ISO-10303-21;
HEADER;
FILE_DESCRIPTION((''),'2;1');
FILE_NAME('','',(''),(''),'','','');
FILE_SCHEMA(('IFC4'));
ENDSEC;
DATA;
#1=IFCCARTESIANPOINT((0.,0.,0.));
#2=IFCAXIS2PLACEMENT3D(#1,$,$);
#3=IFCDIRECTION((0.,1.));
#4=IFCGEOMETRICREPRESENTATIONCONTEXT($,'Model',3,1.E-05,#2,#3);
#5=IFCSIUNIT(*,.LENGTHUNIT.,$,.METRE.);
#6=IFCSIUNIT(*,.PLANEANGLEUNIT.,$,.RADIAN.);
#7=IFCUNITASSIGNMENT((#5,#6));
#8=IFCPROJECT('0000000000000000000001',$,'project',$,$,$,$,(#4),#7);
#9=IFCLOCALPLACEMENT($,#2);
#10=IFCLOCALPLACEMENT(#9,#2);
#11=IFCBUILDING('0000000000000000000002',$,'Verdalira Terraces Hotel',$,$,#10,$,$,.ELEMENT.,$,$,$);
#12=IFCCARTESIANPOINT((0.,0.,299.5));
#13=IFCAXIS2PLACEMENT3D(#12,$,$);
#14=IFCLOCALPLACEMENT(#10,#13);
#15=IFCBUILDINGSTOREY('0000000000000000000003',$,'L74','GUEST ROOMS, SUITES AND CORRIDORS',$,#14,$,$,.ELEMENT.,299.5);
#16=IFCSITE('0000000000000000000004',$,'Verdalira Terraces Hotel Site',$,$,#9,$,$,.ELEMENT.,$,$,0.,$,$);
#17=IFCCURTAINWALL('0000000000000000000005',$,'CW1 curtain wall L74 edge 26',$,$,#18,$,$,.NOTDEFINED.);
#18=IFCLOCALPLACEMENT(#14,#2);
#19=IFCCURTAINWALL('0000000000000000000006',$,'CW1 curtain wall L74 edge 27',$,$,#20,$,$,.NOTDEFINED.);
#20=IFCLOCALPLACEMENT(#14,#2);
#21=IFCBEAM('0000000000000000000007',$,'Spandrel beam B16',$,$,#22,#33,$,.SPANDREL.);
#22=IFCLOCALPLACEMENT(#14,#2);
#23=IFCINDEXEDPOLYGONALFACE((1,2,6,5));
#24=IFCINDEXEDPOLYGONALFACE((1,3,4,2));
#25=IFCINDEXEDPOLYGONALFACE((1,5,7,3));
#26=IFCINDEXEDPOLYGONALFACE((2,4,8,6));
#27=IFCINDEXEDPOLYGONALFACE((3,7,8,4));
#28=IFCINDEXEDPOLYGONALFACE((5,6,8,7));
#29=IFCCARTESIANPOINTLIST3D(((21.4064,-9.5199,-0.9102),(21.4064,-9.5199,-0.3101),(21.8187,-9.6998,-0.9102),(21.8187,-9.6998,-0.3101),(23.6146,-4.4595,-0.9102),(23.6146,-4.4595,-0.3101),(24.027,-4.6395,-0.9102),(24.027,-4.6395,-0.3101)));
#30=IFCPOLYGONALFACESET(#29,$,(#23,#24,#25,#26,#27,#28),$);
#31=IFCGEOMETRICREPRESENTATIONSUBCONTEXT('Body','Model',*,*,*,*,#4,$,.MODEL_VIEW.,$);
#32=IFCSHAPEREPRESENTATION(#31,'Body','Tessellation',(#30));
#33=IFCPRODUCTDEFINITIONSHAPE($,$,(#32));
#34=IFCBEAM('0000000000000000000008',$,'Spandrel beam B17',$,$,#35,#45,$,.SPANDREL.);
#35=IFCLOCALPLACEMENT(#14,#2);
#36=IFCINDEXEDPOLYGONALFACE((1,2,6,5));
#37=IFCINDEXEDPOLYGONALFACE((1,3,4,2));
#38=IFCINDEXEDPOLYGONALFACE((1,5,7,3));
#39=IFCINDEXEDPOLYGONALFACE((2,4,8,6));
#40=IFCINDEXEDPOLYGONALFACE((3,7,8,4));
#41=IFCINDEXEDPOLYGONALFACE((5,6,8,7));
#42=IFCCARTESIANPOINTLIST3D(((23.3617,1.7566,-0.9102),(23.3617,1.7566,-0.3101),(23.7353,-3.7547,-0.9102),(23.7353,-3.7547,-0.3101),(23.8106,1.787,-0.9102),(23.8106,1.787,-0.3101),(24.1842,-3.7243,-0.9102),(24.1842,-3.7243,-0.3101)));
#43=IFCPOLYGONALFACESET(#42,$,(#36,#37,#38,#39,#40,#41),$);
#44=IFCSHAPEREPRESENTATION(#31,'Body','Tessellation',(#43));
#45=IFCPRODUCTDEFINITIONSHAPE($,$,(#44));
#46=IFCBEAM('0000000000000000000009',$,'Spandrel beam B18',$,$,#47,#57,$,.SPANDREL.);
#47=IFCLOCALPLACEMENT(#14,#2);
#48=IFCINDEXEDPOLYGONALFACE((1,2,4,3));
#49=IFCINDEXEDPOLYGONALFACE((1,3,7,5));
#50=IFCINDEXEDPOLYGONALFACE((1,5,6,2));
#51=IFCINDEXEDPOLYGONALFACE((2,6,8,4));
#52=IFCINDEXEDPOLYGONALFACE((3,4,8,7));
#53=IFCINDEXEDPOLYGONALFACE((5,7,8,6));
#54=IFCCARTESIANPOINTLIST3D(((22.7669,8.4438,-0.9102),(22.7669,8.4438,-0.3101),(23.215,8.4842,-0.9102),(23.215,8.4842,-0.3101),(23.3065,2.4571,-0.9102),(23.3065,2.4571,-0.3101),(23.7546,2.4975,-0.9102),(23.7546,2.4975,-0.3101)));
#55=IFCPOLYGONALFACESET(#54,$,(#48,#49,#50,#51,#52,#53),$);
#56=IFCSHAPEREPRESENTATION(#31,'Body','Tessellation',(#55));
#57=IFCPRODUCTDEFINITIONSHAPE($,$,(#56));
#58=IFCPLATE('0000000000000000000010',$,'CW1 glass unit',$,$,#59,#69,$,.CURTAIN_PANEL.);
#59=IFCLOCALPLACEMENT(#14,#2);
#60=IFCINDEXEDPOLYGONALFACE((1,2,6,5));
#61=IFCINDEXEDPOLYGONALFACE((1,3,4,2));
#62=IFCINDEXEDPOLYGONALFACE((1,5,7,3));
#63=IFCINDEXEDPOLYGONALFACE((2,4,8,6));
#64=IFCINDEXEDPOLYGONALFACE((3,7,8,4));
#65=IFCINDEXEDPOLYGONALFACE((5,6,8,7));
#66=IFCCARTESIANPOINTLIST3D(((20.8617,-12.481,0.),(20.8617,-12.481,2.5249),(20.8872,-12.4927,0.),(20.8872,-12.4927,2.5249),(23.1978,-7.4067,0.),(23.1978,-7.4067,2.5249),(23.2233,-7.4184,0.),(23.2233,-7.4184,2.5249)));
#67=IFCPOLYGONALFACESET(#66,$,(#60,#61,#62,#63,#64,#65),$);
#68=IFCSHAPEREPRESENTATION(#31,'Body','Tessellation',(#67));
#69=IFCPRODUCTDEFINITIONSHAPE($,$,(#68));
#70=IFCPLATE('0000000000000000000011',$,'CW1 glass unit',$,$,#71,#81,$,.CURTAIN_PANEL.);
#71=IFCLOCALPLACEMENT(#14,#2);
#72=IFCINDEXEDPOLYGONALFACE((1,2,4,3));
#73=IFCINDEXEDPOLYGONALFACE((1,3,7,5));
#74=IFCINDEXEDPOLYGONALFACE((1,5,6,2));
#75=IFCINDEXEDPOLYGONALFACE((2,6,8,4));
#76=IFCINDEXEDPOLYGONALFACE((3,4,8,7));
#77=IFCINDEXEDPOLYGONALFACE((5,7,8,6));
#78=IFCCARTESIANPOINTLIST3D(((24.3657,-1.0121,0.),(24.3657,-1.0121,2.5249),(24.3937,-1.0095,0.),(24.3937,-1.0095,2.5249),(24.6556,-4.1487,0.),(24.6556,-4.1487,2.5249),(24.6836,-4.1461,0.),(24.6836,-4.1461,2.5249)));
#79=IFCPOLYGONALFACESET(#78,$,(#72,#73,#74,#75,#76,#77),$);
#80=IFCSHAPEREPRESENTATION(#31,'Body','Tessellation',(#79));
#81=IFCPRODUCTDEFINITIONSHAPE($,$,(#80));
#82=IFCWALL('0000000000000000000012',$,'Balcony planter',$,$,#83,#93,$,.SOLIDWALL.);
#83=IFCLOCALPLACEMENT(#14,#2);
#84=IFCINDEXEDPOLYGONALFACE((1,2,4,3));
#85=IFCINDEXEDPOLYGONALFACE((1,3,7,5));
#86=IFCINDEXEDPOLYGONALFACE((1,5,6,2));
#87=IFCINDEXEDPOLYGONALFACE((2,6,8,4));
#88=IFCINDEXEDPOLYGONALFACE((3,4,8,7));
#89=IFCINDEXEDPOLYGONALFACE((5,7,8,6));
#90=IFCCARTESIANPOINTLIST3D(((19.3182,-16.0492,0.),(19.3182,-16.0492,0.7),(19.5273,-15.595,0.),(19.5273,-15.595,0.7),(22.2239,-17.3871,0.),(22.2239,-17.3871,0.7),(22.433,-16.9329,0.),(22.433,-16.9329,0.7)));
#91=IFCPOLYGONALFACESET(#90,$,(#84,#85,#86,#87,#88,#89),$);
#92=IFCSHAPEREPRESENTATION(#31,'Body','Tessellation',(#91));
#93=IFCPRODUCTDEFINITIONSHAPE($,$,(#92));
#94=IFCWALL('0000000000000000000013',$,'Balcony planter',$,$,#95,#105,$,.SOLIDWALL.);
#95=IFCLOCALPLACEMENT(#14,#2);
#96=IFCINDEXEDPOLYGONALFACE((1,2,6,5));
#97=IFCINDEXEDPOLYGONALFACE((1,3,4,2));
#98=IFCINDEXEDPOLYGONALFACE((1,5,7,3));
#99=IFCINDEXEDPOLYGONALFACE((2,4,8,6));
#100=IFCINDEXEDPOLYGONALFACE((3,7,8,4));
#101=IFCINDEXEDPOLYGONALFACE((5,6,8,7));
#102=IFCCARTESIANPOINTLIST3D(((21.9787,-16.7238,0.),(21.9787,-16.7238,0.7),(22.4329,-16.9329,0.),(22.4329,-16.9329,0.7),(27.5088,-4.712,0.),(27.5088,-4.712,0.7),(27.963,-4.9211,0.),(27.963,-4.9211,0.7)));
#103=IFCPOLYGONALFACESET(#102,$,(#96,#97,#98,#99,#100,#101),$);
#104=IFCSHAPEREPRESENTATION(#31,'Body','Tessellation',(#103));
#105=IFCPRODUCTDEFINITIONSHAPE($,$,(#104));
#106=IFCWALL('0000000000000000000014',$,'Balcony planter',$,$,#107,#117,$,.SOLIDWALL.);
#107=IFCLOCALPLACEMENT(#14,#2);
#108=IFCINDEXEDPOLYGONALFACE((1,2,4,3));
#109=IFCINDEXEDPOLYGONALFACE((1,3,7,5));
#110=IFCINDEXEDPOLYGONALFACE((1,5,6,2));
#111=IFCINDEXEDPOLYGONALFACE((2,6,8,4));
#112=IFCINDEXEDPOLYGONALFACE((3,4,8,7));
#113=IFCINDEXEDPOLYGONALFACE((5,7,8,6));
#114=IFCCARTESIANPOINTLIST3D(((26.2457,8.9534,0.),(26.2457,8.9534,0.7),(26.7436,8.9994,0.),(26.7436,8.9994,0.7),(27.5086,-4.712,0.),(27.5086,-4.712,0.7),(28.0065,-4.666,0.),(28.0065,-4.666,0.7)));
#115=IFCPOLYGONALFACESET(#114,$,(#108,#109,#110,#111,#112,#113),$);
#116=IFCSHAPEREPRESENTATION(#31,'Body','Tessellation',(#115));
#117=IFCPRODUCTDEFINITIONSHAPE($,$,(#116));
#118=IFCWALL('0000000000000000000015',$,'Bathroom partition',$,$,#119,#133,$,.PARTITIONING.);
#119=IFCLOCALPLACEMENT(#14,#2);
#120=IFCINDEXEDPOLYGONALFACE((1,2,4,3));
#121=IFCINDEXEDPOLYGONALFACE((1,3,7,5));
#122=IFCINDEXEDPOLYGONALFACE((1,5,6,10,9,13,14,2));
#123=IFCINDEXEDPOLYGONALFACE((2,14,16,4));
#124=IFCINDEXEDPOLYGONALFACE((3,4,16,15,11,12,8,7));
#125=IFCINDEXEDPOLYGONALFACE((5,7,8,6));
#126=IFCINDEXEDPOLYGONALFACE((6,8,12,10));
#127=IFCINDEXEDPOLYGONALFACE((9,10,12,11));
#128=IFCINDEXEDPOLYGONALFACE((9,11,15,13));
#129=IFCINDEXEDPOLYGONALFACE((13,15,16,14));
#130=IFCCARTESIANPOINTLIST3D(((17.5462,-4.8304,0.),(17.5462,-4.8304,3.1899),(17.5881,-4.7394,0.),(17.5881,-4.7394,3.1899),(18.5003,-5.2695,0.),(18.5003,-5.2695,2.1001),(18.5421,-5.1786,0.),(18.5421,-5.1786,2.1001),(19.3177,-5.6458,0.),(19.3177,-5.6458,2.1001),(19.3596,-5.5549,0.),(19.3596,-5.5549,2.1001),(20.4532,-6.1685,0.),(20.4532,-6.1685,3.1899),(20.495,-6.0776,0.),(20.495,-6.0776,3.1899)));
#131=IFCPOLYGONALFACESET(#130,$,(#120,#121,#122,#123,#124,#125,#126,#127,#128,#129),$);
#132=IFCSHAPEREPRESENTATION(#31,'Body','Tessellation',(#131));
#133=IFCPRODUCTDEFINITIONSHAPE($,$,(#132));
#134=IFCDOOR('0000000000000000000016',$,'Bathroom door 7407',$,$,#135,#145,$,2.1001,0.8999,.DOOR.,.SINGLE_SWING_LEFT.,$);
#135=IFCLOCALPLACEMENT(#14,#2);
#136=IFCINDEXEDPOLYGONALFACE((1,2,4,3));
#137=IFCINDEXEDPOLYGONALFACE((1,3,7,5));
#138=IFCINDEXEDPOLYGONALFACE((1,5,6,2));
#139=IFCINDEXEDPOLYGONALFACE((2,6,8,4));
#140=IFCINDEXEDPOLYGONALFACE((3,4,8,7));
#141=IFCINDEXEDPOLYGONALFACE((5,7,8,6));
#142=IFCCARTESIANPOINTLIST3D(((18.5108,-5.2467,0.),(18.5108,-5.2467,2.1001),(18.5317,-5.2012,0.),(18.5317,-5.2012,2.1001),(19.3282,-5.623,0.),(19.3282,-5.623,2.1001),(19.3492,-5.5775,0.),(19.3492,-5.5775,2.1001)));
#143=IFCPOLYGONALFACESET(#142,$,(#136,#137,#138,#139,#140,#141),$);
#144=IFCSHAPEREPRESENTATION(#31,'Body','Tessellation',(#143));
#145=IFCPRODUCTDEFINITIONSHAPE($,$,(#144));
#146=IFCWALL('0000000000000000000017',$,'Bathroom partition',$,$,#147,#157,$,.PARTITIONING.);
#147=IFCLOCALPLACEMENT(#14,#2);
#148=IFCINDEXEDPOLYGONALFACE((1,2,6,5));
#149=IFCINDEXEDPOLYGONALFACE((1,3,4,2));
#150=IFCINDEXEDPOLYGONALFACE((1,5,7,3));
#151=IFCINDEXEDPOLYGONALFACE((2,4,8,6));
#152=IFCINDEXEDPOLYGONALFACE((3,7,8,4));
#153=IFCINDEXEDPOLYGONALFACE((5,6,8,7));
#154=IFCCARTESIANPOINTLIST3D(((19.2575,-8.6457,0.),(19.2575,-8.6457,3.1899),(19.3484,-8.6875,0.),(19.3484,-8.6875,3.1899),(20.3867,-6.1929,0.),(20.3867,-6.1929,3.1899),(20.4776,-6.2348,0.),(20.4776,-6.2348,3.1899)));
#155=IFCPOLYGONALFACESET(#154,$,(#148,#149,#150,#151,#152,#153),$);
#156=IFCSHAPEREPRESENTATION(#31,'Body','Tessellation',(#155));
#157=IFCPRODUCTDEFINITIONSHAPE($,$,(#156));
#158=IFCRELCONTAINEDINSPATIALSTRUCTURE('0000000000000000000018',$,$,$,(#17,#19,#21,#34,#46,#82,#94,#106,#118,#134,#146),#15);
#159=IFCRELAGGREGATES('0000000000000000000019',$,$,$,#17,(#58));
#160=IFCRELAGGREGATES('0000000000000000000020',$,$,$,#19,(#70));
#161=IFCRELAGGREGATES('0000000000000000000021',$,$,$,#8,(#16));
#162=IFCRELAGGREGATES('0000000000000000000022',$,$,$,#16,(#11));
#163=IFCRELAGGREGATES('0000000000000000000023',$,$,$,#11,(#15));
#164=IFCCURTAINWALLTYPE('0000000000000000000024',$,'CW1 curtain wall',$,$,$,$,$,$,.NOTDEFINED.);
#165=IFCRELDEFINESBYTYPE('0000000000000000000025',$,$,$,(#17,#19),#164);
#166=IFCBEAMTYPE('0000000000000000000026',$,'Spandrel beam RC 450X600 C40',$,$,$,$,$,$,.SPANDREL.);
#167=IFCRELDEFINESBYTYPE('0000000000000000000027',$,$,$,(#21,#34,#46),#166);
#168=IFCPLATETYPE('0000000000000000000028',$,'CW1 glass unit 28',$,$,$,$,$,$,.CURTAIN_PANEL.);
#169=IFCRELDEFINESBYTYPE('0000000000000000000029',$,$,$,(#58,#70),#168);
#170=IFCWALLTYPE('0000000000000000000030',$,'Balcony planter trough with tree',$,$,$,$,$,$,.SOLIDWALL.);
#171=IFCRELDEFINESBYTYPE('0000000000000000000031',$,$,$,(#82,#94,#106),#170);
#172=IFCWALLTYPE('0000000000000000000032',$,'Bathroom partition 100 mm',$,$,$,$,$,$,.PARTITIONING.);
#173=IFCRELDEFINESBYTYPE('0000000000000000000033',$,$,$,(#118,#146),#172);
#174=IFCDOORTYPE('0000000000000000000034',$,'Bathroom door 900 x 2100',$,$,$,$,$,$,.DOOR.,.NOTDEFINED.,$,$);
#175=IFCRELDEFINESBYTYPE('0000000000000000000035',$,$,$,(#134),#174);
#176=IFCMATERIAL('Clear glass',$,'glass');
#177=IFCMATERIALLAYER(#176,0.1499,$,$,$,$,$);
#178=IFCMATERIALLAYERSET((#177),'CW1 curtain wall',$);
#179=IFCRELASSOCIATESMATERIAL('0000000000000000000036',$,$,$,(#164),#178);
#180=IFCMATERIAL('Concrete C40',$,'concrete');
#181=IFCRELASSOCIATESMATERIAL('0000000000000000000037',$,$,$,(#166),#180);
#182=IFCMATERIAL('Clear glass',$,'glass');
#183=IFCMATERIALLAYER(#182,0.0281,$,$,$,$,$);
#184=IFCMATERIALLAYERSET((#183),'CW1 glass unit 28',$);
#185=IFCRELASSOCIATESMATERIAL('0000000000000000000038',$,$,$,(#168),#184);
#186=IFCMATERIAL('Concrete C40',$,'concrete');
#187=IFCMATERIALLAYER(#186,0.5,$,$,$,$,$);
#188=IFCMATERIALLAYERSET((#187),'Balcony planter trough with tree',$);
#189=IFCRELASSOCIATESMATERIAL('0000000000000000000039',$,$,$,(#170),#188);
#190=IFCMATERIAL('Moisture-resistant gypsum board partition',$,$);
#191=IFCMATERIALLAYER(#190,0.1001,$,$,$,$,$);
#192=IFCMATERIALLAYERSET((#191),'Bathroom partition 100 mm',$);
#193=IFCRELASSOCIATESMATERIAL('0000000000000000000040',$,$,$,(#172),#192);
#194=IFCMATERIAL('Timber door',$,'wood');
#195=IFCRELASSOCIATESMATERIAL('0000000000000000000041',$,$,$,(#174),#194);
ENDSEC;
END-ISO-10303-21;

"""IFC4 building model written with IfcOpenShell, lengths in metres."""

from ifc_helpers import new_model, si_unit, direction, frame, frame_2d, origin, origin_2d, place, context, subcontext, project, spatial, rectangle, extrude, material, layer, layer_set, material_profile, profile_set, type_object, element, fill, aggregate, save


model = new_model("IFC4")

# Units and contexts
model_context = context("Model", 3, precision=1e-05, world=origin(), true_north=direction((0.0, 1.0)))
body_context = subcontext(model_context, "Body", "Model", "MODEL_VIEW")
ifc_project = project(units=[si_unit("LENGTHUNIT", "METRE"), si_unit("PLANEANGLEUNIT", "RADIAN")], contexts=[model_context])

# Site, building, storey
site_placement = place(None, origin())
site = spatial("IfcSite", under=ifc_project, at=site_placement, Name="Verdalira Terraces Hotel Site", CompositionType="ELEMENT", RefElevation=0.0)
building_placement = place(site_placement, origin())
building = spatial("IfcBuilding", under=site, at=building_placement, Name="Verdalira Terraces Hotel", CompositionType="ELEMENT")
storey_placement = place(building_placement, frame((0.0, 0.0, 299.5)))
storey = spatial("IfcBuildingStorey", under=building, at=storey_placement, Name="L74", Description="GUEST ROOMS, SUITES AND CORRIDORS", CompositionType="ELEMENT", Elevation=299.5)

# Curtain wall
ifc_material_1 = material(Name="Clear glass", Category="glass")
ifc_layer_1 = layer(ifc_material_1, 0.1499)
ifc_layer_set_1 = layer_set([ifc_layer_1], Name="CW1 curtain wall")
curtain_wall_type = type_object("IfcCurtainWallType", Name="CW1 curtain wall", PredefinedType="NOTDEFINED", material=ifc_layer_set_1)
curtain_wall_1_placement = place(storey_placement, origin())
curtain_wall_1 = element("IfcCurtainWall", 1, at=curtain_wall_1_placement, inside=storey, type_object=curtain_wall_type, Name="CW1 curtain wall L74 edge 26", PredefinedType="NOTDEFINED")

# Curtain wall
curtain_wall_2_placement = place(storey_placement, origin())
curtain_wall_2 = element("IfcCurtainWall", 2, at=curtain_wall_2_placement, inside=storey, type_object=curtain_wall_type, Name="CW1 curtain wall L74 edge 27", PredefinedType="NOTDEFINED")

# Beams
ifc_material_2 = material(Name="Concrete C40", Category="concrete")
ifc_material_profile_1 = material_profile(ifc_material_2, rectangle(XDim=0.45, YDim=0.6001, at=origin_2d()), Name="RC 450X600")
ifc_profile_set_1 = profile_set([ifc_material_profile_1], Name="Concrete C40")
beam_type_1 = type_object("IfcBeamType", Name="Spandrel beam RC 450X600 C40", PredefinedType="SPANDREL", material=ifc_profile_set_1)
beam_1_placement = place(storey_placement, frame((21.6125, -9.6099, -0.6101), z_axis=(0.399963, 0.916531, 0.0), x_axis=(-0.916531, 0.399963, 0.0)))
element("IfcBeam", 3, at=beam_1_placement, inside=storey, type_object=beam_type_1, Name="Spandrel beam B16", PredefinedType="SPANDREL", context=body_context, shape_type="SweptSolid", body=[
    extrude(rectangle(XDim=0.45, YDim=0.6001, at=origin_2d()), origin(), (0.0, 0.0, 1.0), 5.5212),
])
beam_2_placement = place(storey_placement, frame((23.9597, -3.7395, -0.6101), z_axis=(-0.067622, 0.997711, 0.0), x_axis=(-0.997711, -0.067622, 0.0)))
element("IfcBeam", 4, at=beam_2_placement, inside=storey, type_object=beam_type_1, Name="Spandrel beam B17", PredefinedType="SPANDREL", context=body_context, shape_type="SweptSolid", body=[
    extrude(rectangle(XDim=0.45, YDim=0.6001, at=origin_2d()), origin(), (0.0, 0.0, 1.0), 5.5239),
])
beam_3_placement = place(storey_placement, frame((23.5305, 2.4773, -0.6101), z_axis=(-0.089759, 0.995963, 0.0), x_axis=(-0.995963, -0.089759, 0.0)))
element("IfcBeam", 5, at=beam_3_placement, inside=storey, type_object=beam_type_1, Name="Spandrel beam B18", PredefinedType="SPANDREL", context=body_context, shape_type="SweptSolid", body=[
    extrude(rectangle(XDim=0.45, YDim=0.6001, at=origin_2d()), origin(), (0.0, 0.0, 1.0), 6.011),
])

# Plates
ifc_material_3 = material(Name="Clear glass", Category="glass")
ifc_layer_2 = layer(ifc_material_3, 0.0281)
ifc_layer_set_2 = layer_set([ifc_layer_2], Name="CW1 glass unit 28")
plate_type = type_object("IfcPlateType", Name="CW1 glass unit 28", PredefinedType="CURTAIN_PANEL", material=ifc_layer_set_2)
plate_1_placement = place(storey_placement, frame((22.0425, -9.9497, 0.0), z_axis=(0.0, 0.0, 1.0), x_axis=(0.418184, 0.908362, 0.0)))
plate_1 = element("IfcPlate", 6, at=plate_1_placement, type_object=plate_type, Name="CW1 glass unit", PredefinedType="CURTAIN_PANEL", context=body_context, shape_type="SweptSolid", body=[
    extrude(rectangle(XDim=5.5862, YDim=0.0281, at=origin_2d()), origin(), (0.0, 0.0, 1.0), 2.5249),
])
aggregate(curtain_wall_1, [plate_1])
plate_2_placement = place(storey_placement, frame((24.5247, -2.5791, 0.0), z_axis=(0.0, 0.0, 1.0), x_axis=(-0.092023, 0.995757, 0.0)))
plate_2 = element("IfcPlate", 7, at=plate_2_placement, type_object=plate_type, Name="CW1 glass unit", PredefinedType="CURTAIN_PANEL", context=body_context, shape_type="SweptSolid", body=[
    extrude(rectangle(XDim=3.1499, YDim=0.0281, at=origin_2d()), origin(), (0.0, 0.0, 1.0), 2.5249),
])
aggregate(curtain_wall_2, [plate_2])

# Walls
ifc_material_4 = material(Name="Concrete C40", Category="concrete")
ifc_layer_3 = layer(ifc_material_4, 0.5)
ifc_layer_set_3 = layer_set([ifc_layer_3], Name="Balcony planter trough with tree")
wall_type_1 = type_object("IfcWallType", Name="Balcony planter trough with tree", PredefinedType="SOLIDWALL", material=ifc_layer_set_3)
wall_1_placement = place(storey_placement, frame((19.4226, -15.822, 0.0), z_axis=(0.0, 0.0, 1.0), x_axis=(0.908343, -0.418226, 0.0)))
element("IfcWall", 8, at=wall_1_placement, inside=storey, type_object=wall_type_1, Name="Balcony planter", PredefinedType="SOLIDWALL", context=body_context, shape_type="SweptSolid", body=[
    extrude(rectangle(XDim=3.199, YDim=0.5, at=frame_2d((1.5996, 0.0))), origin(), (0.0, 0.0, 1.0), 0.7),
])
wall_2_placement = place(storey_placement, frame((22.2058, -16.8284, 0.0), z_axis=(0.0, 0.0, 1.0), x_axis=(0.418195, 0.908357, 0.0)))
element("IfcWall", 9, at=wall_2_placement, inside=storey, type_object=wall_type_1, Name="Balcony planter", PredefinedType="SOLIDWALL", context=body_context, shape_type="SweptSolid", body=[
    extrude(rectangle(XDim=13.2236, YDim=0.5, at=frame_2d((6.6118, 0.0))), origin(), (0.0, 0.0, 1.0), 0.7),
])
wall_3_placement = place(storey_placement, frame((27.7576, -4.689, 0.0), z_axis=(0.0, 0.0, 1.0), x_axis=(-0.092027, 0.995756, 0.0)))
element("IfcWall", 10, at=wall_3_placement, inside=storey, type_object=wall_type_1, Name="Balcony planter", PredefinedType="SOLIDWALL", context=body_context, shape_type="SweptSolid", body=[
    extrude(rectangle(XDim=13.7236, YDim=0.5, at=frame_2d((6.8618, 0.0))), origin(), (0.0, 0.0, 1.0), 0.7),
])

# Wall, opening, door
ifc_material_5 = material(Name="Moisture-resistant gypsum board partition")
ifc_layer_4 = layer(ifc_material_5, 0.1001)
ifc_layer_set_4 = layer_set([ifc_layer_4], Name="Bathroom partition 100 mm")
wall_type_2 = type_object("IfcWallType", Name="Bathroom partition 100 mm", PredefinedType="PARTITIONING", material=ifc_layer_set_4)
wall_4_placement = place(storey_placement, frame((20.4741, -6.123, 0.0), z_axis=(0.0, 0.0, 1.0), x_axis=(-0.908381, 0.418144, 0.0)))
wall_4 = element("IfcWall", 11, at=wall_4_placement, inside=storey, type_object=wall_type_2, Name="Bathroom partition", PredefinedType="PARTITIONING", context=body_context, shape_type="SweptSolid", body=[
    extrude(rectangle(XDim=3.2002, YDim=0.1001, at=frame_2d((1.6001, 0.0))), origin(), (0.0, 0.0, 1.0), 3.1899),
])
opening_1_placement = place(wall_4_placement, frame((1.25, 0.0, 0.0)))
opening_1 = element("IfcOpeningElement", 12, at=opening_1_placement, cuts=wall_4, PredefinedType="OPENING", context=body_context, shape_type="SweptSolid", body=[
    extrude(rectangle(XDim=0.8999, YDim=2.1001, at=frame_2d((0.45, 1.05))), frame((0.0, 0.0601, 0.0), z_axis=(0.0, -1.0, 0.0), x_axis=(1.0, 0.0, 0.0)), (0.0, 0.0, 1.0), 0.1201),
])
ifc_material_6 = material(Name="Timber door", Category="wood")
door_type_1 = type_object("IfcDoorType", Name="Bathroom door 900 x 2100", OperationType="NOTDEFINED", PredefinedType="DOOR", material=ifc_material_6)
door_1_placement = place(opening_1_placement, origin())
door_1 = element("IfcDoor", 13, at=door_1_placement, inside=storey, type_object=door_type_1, Name="Bathroom door 7407", OperationType="SINGLE_SWING_LEFT", OverallHeight=2.1001, OverallWidth=0.8999, PredefinedType="DOOR", context=body_context, shape_type="SweptSolid", body=[
    extrude(rectangle(XDim=0.8999, YDim=2.1001, at=frame_2d((0.45, 1.05))), frame((0.0, 0.0249, 0.0), z_axis=(0.0, -1.0, 0.0), x_axis=(1.0, 0.0, 0.0)), (0.0, 0.0, 1.0), 0.05),
])
fill(opening_1, door_1)

# Wall
wall_5_placement = place(storey_placement, frame((20.4321, -6.2139, 0.0), z_axis=(0.0, 0.0, 1.0), x_axis=(-0.418192, -0.908359, 0.0)))
element("IfcWall", 14, at=wall_5_placement, inside=storey, type_object=wall_type_2, Name="Bathroom partition", PredefinedType="PARTITIONING", context=body_context, shape_type="SweptSolid", body=[
    extrude(rectangle(XDim=2.7002, YDim=0.1001, at=frame_2d((1.3501, 0.0))), origin(), (0.0, 0.0, 1.0), 3.1899),
])

save(model, "model.ifc")
